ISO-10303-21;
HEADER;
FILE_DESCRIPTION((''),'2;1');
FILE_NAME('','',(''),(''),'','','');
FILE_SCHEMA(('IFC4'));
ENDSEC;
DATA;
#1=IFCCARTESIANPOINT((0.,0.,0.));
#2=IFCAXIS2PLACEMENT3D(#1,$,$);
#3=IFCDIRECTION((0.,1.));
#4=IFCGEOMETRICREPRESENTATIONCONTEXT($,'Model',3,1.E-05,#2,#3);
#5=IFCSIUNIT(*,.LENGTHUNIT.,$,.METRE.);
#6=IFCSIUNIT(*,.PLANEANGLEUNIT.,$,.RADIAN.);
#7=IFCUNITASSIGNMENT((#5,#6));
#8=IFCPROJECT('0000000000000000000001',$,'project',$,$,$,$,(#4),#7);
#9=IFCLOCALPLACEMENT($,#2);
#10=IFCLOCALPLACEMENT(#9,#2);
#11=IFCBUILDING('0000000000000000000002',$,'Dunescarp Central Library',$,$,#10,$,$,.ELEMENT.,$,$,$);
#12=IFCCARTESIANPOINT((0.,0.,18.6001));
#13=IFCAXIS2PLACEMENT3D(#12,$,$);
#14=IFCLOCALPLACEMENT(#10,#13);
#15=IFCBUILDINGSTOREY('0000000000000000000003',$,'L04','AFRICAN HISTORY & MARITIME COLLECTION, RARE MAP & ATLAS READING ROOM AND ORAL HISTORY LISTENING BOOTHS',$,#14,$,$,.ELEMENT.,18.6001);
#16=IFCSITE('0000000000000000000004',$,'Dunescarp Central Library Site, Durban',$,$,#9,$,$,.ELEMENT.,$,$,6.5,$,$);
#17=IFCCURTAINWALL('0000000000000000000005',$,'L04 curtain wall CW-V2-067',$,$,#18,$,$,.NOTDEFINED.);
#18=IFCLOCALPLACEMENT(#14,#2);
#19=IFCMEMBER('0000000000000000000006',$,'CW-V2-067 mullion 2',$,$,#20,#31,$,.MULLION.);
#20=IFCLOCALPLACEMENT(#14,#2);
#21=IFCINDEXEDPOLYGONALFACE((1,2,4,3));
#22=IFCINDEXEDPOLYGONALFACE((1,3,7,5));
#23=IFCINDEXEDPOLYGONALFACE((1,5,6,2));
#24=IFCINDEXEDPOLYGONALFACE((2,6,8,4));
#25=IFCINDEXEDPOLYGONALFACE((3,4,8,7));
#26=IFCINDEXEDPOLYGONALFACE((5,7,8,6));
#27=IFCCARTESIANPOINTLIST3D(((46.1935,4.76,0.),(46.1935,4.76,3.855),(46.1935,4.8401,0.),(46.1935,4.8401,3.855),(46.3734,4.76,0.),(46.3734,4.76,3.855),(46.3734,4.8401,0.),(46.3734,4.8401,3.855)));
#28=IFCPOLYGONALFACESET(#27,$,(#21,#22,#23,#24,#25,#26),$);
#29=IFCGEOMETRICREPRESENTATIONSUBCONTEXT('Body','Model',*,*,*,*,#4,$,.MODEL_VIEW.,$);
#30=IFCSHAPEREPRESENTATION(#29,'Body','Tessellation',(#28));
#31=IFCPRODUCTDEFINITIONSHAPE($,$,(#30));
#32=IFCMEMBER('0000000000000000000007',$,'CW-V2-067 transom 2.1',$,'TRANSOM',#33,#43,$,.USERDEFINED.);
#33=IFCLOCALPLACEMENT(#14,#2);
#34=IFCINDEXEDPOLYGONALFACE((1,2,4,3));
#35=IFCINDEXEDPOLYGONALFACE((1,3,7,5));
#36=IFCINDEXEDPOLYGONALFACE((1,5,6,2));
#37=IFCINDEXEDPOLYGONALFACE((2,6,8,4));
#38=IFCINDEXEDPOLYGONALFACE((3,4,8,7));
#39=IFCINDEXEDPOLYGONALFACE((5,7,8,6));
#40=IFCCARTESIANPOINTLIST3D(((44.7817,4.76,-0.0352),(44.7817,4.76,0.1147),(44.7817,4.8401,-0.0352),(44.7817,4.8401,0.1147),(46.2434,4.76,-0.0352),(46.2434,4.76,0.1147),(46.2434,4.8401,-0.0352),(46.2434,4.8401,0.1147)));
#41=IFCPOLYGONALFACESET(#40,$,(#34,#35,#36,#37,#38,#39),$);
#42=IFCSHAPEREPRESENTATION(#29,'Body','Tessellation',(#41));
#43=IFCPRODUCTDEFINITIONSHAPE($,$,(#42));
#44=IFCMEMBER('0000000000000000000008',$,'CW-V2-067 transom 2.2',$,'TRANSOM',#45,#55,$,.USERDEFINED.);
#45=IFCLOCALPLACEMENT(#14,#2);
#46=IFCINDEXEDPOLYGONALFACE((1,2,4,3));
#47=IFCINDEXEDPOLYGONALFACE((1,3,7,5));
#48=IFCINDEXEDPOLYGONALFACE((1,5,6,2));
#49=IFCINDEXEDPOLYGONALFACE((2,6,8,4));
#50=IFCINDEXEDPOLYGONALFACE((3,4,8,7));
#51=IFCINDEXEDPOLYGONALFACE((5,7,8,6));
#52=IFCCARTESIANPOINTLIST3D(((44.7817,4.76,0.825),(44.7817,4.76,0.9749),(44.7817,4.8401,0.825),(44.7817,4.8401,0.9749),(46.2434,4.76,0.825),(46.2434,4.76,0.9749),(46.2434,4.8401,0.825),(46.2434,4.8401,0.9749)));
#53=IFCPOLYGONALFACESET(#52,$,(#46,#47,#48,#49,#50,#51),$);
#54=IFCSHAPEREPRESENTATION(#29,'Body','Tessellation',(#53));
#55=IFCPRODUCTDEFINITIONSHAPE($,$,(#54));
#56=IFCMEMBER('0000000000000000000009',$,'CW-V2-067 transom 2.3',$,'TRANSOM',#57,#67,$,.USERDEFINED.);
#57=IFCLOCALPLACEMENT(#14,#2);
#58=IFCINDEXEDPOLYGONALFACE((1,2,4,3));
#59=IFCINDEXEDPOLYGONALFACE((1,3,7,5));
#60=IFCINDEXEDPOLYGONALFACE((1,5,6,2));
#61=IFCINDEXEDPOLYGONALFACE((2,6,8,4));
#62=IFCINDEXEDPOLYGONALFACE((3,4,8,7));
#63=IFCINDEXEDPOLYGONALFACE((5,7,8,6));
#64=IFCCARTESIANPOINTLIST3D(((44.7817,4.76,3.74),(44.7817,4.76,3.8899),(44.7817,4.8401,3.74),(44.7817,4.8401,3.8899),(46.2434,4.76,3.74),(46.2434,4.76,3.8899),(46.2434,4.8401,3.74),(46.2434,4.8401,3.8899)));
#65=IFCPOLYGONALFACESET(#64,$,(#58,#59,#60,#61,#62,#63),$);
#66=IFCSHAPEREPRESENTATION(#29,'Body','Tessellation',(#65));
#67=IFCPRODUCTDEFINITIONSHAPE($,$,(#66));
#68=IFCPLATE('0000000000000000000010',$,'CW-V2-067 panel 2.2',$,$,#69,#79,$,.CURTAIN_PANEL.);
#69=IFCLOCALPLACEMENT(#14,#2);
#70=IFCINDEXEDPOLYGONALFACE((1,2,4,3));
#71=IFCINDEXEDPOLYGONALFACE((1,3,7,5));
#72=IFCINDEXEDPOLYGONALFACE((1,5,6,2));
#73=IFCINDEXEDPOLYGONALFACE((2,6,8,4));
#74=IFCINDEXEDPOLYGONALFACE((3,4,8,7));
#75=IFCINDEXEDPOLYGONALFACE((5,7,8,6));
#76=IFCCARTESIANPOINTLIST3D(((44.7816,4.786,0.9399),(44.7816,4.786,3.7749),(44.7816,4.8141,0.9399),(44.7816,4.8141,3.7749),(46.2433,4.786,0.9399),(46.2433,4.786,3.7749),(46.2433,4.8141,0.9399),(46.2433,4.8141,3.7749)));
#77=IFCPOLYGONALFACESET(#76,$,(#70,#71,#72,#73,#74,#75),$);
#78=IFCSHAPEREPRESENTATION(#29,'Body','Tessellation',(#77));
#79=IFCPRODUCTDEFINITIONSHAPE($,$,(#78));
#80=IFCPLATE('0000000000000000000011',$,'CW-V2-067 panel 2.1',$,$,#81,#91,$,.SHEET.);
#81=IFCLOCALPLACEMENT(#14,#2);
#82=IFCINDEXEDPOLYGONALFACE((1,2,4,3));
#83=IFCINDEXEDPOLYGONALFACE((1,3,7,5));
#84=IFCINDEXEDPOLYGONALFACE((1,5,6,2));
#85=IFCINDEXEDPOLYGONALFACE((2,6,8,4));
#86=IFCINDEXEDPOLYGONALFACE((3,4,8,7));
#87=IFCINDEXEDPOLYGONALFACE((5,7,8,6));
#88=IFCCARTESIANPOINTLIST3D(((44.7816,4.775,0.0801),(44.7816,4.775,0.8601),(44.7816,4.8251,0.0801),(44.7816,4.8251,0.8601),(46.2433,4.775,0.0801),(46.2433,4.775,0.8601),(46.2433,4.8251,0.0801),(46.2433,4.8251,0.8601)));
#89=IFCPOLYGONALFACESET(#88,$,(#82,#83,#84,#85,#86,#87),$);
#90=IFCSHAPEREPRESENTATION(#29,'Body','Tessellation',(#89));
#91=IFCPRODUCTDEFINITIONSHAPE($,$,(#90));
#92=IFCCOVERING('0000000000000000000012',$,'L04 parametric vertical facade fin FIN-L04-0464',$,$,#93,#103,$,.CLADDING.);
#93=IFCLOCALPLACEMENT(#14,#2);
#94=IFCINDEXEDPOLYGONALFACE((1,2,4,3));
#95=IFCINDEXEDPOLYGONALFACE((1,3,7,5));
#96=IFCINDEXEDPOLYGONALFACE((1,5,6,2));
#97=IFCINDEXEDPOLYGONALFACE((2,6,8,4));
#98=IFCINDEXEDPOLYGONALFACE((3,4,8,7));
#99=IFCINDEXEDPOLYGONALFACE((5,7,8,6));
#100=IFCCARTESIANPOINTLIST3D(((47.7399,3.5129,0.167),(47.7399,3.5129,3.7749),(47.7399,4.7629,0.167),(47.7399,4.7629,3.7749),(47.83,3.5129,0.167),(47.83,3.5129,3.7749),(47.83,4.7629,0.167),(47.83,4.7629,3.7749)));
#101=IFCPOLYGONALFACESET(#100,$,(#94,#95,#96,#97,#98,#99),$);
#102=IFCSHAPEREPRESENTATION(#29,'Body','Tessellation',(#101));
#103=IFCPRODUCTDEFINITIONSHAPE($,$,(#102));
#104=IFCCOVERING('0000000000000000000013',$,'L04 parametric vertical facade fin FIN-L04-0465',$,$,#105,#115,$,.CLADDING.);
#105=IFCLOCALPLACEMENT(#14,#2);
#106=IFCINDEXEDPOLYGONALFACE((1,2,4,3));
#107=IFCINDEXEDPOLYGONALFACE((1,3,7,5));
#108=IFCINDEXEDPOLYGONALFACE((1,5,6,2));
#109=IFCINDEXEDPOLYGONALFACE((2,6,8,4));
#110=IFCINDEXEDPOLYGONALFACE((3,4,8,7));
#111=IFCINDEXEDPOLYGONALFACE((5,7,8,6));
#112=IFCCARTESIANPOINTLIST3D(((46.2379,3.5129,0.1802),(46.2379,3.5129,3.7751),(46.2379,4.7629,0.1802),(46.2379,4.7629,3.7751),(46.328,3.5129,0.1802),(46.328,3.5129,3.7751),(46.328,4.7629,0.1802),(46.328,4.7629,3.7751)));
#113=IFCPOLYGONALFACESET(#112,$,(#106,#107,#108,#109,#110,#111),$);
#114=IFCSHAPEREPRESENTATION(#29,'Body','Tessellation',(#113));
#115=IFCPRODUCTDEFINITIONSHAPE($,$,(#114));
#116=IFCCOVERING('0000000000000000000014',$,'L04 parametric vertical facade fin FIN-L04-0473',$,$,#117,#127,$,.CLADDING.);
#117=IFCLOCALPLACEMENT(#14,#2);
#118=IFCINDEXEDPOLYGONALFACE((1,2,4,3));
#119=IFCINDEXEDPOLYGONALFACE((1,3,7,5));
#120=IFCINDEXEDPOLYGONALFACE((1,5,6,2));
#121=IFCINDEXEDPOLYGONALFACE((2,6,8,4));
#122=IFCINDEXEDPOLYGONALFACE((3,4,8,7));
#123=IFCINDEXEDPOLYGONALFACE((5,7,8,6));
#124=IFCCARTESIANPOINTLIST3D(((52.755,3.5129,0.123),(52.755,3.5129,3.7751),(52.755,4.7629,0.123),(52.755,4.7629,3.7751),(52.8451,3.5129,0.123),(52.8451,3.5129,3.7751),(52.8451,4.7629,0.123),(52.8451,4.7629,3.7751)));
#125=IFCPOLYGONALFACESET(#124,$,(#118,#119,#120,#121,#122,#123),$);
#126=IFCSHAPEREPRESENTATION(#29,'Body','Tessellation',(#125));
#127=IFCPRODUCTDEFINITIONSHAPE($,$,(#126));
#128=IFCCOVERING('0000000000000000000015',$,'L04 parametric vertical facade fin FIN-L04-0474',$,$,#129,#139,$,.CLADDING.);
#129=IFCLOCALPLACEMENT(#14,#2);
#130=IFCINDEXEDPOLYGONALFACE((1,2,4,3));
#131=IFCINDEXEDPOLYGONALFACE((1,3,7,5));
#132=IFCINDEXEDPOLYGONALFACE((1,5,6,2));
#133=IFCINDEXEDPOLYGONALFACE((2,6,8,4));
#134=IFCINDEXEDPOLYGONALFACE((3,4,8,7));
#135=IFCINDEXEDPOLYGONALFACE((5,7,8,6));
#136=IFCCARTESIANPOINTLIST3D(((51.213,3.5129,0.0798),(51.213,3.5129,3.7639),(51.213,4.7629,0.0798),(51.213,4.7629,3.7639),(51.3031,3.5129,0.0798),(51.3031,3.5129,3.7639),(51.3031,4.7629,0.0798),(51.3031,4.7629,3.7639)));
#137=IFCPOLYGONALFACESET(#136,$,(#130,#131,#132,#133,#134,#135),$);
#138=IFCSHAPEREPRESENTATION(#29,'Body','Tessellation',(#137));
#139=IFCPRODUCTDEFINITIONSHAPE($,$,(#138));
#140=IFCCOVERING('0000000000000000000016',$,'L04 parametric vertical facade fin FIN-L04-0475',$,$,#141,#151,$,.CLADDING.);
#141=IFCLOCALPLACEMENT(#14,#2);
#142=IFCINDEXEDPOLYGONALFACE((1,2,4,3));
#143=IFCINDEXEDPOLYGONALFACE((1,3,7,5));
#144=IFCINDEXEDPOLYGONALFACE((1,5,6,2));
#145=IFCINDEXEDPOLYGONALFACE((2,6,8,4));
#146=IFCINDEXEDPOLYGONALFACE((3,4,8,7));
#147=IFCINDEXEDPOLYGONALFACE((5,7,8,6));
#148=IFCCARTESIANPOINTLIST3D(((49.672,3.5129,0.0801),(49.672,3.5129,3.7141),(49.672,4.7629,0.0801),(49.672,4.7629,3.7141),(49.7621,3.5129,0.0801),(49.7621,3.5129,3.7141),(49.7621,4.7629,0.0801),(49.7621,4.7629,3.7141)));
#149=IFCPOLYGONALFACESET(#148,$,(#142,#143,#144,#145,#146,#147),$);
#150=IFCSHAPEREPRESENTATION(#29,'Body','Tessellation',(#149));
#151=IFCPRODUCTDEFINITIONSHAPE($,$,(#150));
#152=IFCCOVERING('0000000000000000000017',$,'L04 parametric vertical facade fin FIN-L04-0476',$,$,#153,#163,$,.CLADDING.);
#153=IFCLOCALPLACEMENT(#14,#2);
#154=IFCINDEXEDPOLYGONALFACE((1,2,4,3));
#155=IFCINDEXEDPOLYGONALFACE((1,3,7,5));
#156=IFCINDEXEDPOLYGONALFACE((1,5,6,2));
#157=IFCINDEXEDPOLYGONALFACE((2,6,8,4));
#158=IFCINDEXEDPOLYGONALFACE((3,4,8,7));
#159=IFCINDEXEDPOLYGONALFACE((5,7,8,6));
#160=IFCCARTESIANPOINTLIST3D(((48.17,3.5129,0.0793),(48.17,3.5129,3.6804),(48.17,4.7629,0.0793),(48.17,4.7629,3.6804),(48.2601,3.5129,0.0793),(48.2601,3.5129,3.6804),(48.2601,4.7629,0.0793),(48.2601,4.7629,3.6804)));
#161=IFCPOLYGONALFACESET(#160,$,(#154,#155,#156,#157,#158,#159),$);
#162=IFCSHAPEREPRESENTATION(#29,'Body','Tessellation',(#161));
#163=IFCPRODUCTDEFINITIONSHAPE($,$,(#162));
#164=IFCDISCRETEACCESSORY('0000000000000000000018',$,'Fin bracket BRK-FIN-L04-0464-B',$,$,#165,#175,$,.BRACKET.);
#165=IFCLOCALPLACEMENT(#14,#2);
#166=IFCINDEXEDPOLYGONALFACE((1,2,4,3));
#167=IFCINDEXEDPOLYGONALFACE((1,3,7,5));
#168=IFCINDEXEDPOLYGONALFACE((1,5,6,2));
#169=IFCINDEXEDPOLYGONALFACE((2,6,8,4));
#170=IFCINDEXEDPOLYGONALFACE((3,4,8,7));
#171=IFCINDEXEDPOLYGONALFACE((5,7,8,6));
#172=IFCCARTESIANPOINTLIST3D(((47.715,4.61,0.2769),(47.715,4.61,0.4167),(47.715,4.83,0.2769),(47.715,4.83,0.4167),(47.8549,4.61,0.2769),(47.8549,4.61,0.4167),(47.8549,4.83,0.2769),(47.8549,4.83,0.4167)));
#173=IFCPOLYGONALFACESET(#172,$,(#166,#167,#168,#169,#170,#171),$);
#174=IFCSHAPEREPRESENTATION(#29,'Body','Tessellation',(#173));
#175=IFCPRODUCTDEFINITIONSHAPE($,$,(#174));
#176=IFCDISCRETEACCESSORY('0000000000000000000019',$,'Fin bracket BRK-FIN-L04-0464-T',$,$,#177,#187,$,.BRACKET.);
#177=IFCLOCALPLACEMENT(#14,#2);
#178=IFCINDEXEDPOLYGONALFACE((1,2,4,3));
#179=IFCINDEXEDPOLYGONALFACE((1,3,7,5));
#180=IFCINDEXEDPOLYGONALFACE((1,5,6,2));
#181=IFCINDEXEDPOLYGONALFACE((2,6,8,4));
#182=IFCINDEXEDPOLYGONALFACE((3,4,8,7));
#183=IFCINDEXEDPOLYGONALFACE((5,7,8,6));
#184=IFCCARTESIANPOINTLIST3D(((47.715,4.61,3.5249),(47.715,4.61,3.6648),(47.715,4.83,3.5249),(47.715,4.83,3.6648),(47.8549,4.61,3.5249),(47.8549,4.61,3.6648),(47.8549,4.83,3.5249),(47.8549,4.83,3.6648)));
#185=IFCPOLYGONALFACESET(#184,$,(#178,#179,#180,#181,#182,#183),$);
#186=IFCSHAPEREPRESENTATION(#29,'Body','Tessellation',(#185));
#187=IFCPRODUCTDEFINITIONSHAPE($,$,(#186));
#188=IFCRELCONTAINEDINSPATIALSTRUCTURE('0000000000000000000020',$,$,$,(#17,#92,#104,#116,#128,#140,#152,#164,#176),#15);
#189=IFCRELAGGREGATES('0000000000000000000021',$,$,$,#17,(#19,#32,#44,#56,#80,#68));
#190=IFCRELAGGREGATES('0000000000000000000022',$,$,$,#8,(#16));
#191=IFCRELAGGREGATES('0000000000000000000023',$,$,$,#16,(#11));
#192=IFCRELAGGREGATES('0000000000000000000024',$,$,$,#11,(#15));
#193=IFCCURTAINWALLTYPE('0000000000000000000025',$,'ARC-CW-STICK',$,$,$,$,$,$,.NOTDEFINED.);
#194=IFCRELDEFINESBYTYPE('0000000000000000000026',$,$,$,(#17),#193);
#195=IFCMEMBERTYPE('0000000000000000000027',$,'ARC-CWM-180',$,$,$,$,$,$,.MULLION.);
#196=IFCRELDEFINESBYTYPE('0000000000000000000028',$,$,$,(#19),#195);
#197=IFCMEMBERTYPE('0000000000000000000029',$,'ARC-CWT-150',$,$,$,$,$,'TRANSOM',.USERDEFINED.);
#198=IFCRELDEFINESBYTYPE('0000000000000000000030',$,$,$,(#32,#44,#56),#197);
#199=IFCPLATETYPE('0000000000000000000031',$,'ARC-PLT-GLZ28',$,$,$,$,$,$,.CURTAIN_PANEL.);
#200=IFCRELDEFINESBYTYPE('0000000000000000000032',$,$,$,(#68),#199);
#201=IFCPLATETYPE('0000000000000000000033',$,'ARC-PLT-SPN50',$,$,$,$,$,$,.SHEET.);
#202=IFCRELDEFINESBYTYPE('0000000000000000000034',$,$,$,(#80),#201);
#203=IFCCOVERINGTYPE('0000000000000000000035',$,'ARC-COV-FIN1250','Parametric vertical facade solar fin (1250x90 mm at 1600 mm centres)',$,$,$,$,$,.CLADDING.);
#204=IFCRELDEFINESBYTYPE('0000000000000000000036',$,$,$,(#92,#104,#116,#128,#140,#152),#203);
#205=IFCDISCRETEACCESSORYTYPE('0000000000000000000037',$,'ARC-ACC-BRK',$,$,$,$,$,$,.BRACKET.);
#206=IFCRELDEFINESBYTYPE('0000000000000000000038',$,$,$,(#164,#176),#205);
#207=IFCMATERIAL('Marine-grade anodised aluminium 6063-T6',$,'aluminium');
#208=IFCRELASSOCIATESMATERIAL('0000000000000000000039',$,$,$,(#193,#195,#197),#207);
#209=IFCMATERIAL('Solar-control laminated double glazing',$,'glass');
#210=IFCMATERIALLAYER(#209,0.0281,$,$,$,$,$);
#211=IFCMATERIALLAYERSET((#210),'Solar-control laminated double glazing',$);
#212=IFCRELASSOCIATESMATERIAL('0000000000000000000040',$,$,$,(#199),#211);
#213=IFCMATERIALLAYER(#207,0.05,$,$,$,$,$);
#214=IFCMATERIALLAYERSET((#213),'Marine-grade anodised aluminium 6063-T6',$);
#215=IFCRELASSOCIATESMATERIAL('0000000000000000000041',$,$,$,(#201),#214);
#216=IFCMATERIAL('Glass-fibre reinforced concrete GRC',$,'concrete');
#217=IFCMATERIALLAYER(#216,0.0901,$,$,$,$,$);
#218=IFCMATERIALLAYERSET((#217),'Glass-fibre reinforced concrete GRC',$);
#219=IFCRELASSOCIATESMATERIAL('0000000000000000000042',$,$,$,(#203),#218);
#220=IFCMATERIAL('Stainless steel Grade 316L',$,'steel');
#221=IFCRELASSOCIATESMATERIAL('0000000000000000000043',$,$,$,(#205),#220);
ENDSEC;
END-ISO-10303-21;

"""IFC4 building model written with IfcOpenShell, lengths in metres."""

from ifc_helpers import new_model, si_unit, direction, frame, origin, origin_2d, place, context, subcontext, project, spatial, rectangle, extrude, material, layer, layer_set, material_profile, profile_set, type_object, element, aggregate, save


model = new_model("IFC4")

# Units and contexts
model_context = context("Model", 3, precision=1e-05, world=origin(), true_north=direction((0.0, 1.0)))
body_context = subcontext(model_context, "Body", "Model", "MODEL_VIEW")
ifc_project = project(units=[si_unit("LENGTHUNIT", "METRE"), si_unit("PLANEANGLEUNIT", "RADIAN")], contexts=[model_context])

# Site, building, storey
site_placement = place(None, origin())
site = spatial("IfcSite", under=ifc_project, at=site_placement, Name="Dunescarp Central Library Site, Durban", CompositionType="ELEMENT", RefElevation=6.5)
building_placement = place(site_placement, origin())
building = spatial("IfcBuilding", under=site, at=building_placement, Name="Dunescarp Central Library", CompositionType="ELEMENT")
storey_placement = place(building_placement, frame((0.0, 0.0, 18.6001)))
storey = spatial("IfcBuildingStorey", under=building, at=storey_placement, Name="L04", Description="AFRICAN HISTORY & MARITIME COLLECTION, RARE MAP & ATLAS READING ROOM AND ORAL HISTORY LISTENING BOOTHS", CompositionType="ELEMENT", Elevation=18.6001)

# Curtain wall, members, plates
ifc_material_1 = material(Name="Marine-grade anodised aluminium 6063-T6", Category="aluminium")
curtain_wall_type = type_object("IfcCurtainWallType", Name="ARC-CW-STICK", PredefinedType="NOTDEFINED", material=ifc_material_1)
curtain_wall_placement = place(storey_placement, origin())
curtain_wall = element("IfcCurtainWall", 1, at=curtain_wall_placement, inside=storey, type_object=curtain_wall_type, Name="L04 curtain wall CW-V2-067", PredefinedType="NOTDEFINED")
ifc_material_profile_1 = material_profile(ifc_material_1, rectangle(XDim=0.0801, YDim=0.1799, at=origin_2d()), Name="AL 80x180")
ifc_profile_set_1 = profile_set([ifc_material_profile_1], Name="Marine-grade anodised aluminium 6063-T6")
member_type_1 = type_object("IfcMemberType", Name="ARC-CWM-180", PredefinedType="MULLION", material=ifc_profile_set_1)
member_1_placement = place(storey_placement, frame((46.2834, 4.8, 0.0), z_axis=(0.0, 0.0, 1.0), x_axis=(0.0, -1.0, 0.0)))
member_1 = element("IfcMember", 2, at=member_1_placement, type_object=member_type_1, Name="CW-V2-067 mullion 2", PredefinedType="MULLION", context=body_context, shape_type="SweptSolid", body=[
    extrude(rectangle(XDim=0.0801, YDim=0.1799, at=origin_2d()), origin(), (0.0, 0.0, 1.0), 3.855),
])
ifc_material_profile_2 = material_profile(ifc_material_1, rectangle(XDim=0.0801, YDim=0.1499, at=origin_2d()), Name="AL 80x150")
ifc_profile_set_2 = profile_set([ifc_material_profile_2], Name="Marine-grade anodised aluminium 6063-T6")
member_type_2 = type_object("IfcMemberType", Name="ARC-CWT-150", ElementType="TRANSOM", PredefinedType="USERDEFINED", material=ifc_profile_set_2)
member_2_placement = place(storey_placement, frame((46.2434, 4.8, 0.0398), z_axis=(-1.0, 0.0, 0.0), x_axis=(0.0, -1.0, 0.0)))
member_2 = element("IfcMember", 3, at=member_2_placement, type_object=member_type_2, Name="CW-V2-067 transom 2.1", ObjectType="TRANSOM", PredefinedType="USERDEFINED", context=body_context, shape_type="SweptSolid", body=[
    extrude(rectangle(XDim=0.0801, YDim=0.1499, at=origin_2d()), origin(), (0.0, 0.0, 1.0), 1.4617),
])
member_3_placement = place(storey_placement, frame((46.2434, 4.8, 0.8999), z_axis=(-1.0, 0.0, 0.0), x_axis=(0.0, -1.0, 0.0)))
member_3 = element("IfcMember", 4, at=member_3_placement, type_object=member_type_2, Name="CW-V2-067 transom 2.2", ObjectType="TRANSOM", PredefinedType="USERDEFINED", context=body_context, shape_type="SweptSolid", body=[
    extrude(rectangle(XDim=0.0801, YDim=0.1499, at=origin_2d()), origin(), (0.0, 0.0, 1.0), 1.4617),
])
member_4_placement = place(storey_placement, frame((46.2434, 4.8, 3.8149), z_axis=(-1.0, 0.0, 0.0), x_axis=(0.0, -1.0, 0.0)))
member_4 = element("IfcMember", 5, at=member_4_placement, type_object=member_type_2, Name="CW-V2-067 transom 2.3", ObjectType="TRANSOM", PredefinedType="USERDEFINED", context=body_context, shape_type="SweptSolid", body=[
    extrude(rectangle(XDim=0.0801, YDim=0.1499, at=origin_2d()), origin(), (0.0, 0.0, 1.0), 1.4617),
])
ifc_material_2 = material(Name="Solar-control laminated double glazing", Category="glass")
ifc_layer_1 = layer(ifc_material_2, 0.0281)
ifc_layer_set_1 = layer_set([ifc_layer_1], Name="Solar-control laminated double glazing")
plate_type_1 = type_object("IfcPlateType", Name="ARC-PLT-GLZ28", PredefinedType="CURTAIN_PANEL", material=ifc_layer_set_1)
plate_1_placement = place(storey_placement, frame((45.5125, 4.8, 0.9399), z_axis=(0.0, 0.0, 1.0), x_axis=(-1.0, 0.0, 0.0)))
plate_1 = element("IfcPlate", 6, at=plate_1_placement, type_object=plate_type_1, Name="CW-V2-067 panel 2.2", PredefinedType="CURTAIN_PANEL", context=body_context, shape_type="SweptSolid", body=[
    extrude(rectangle(XDim=1.4617, YDim=0.0281, at=origin_2d()), origin(), (0.0, 0.0, 1.0), 2.835),
])
ifc_layer_2 = layer(ifc_material_1, 0.05)
ifc_layer_set_2 = layer_set([ifc_layer_2], Name="Marine-grade anodised aluminium 6063-T6")
plate_type_2 = type_object("IfcPlateType", Name="ARC-PLT-SPN50", PredefinedType="SHEET", material=ifc_layer_set_2)
plate_2_placement = place(storey_placement, frame((45.5125, 4.8, 0.0801), z_axis=(0.0, 0.0, 1.0), x_axis=(-1.0, 0.0, 0.0)))
plate_2 = element("IfcPlate", 7, at=plate_2_placement, type_object=plate_type_2, Name="CW-V2-067 panel 2.1", PredefinedType="SHEET", context=body_context, shape_type="SweptSolid", body=[
    extrude(rectangle(XDim=1.4617, YDim=0.05, at=origin_2d()), origin(), (0.0, 0.0, 1.0), 0.78),
])
aggregate(curtain_wall, [member_1, member_2, member_3, member_4, plate_2, plate_1])

# Coverings
ifc_material_3 = material(Name="Glass-fibre reinforced concrete GRC", Category="concrete")
ifc_layer_3 = layer(ifc_material_3, 0.0901)
ifc_layer_set_3 = layer_set([ifc_layer_3], Name="Glass-fibre reinforced concrete GRC")
covering_type = type_object("IfcCoveringType", Name="ARC-COV-FIN1250", Description="Parametric vertical facade solar fin (1250x90 mm at 1600 mm centres)", PredefinedType="CLADDING", material=ifc_layer_set_3)
covering_1_placement = place(storey_placement, frame((47.7849, 4.1379, 0.167), z_axis=(0.0, 0.0, 1.0), x_axis=(0.0, -1.0, 0.0)))
element("IfcCovering", 8, at=covering_1_placement, inside=storey, type_object=covering_type, Name="L04 parametric vertical facade fin FIN-L04-0464", PredefinedType="CLADDING", context=body_context, shape_type="SweptSolid", body=[
    extrude(rectangle(XDim=1.25, YDim=0.0901, at=origin_2d()), origin(), (0.0, 0.0, 1.0), 3.6079),
])
covering_2_placement = place(storey_placement, frame((46.283, 4.1379, 0.1802), z_axis=(0.0, 0.0, 1.0), x_axis=(0.0, -1.0, 0.0)))
element("IfcCovering", 9, at=covering_2_placement, inside=storey, type_object=covering_type, Name="L04 parametric vertical facade fin FIN-L04-0465", PredefinedType="CLADDING", context=body_context, shape_type="SweptSolid", body=[
    extrude(rectangle(XDim=1.25, YDim=0.0901, at=origin_2d()), origin(), (0.0, 0.0, 1.0), 3.595),
])
covering_3_placement = place(storey_placement, frame((52.8, 4.1379, 0.123), z_axis=(0.0, 0.0, 1.0), x_axis=(0.0, -1.0, 0.0)))
element("IfcCovering", 10, at=covering_3_placement, inside=storey, type_object=covering_type, Name="L04 parametric vertical facade fin FIN-L04-0473", PredefinedType="CLADDING", context=body_context, shape_type="SweptSolid", body=[
    extrude(rectangle(XDim=1.25, YDim=0.0901, at=origin_2d()), origin(), (0.0, 0.0, 1.0), 3.6521),
])
covering_4_placement = place(storey_placement, frame((51.2581, 4.1379, 0.0798), z_axis=(0.0, 0.0, 1.0), x_axis=(0.0, -1.0, 0.0)))
element("IfcCovering", 11, at=covering_4_placement, inside=storey, type_object=covering_type, Name="L04 parametric vertical facade fin FIN-L04-0474", PredefinedType="CLADDING", context=body_context, shape_type="SweptSolid", body=[
    extrude(rectangle(XDim=1.25, YDim=0.0901, at=origin_2d()), origin(), (0.0, 0.0, 1.0), 3.6841),
])
covering_5_placement = place(storey_placement, frame((49.717, 4.1379, 0.0801), z_axis=(0.0, 0.0, 1.0), x_axis=(0.0, -1.0, 0.0)))
element("IfcCovering", 12, at=covering_5_placement, inside=storey, type_object=covering_type, Name="L04 parametric vertical facade fin FIN-L04-0475", PredefinedType="CLADDING", context=body_context, shape_type="SweptSolid", body=[
    extrude(rectangle(XDim=1.25, YDim=0.0901, at=origin_2d()), origin(), (0.0, 0.0, 1.0), 3.634),
])
covering_6_placement = place(storey_placement, frame((48.2151, 4.1379, 0.0793), z_axis=(0.0, 0.0, 1.0), x_axis=(0.0, -1.0, 0.0)))
element("IfcCovering", 13, at=covering_6_placement, inside=storey, type_object=covering_type, Name="L04 parametric vertical facade fin FIN-L04-0476", PredefinedType="CLADDING", context=body_context, shape_type="SweptSolid", body=[
    extrude(rectangle(XDim=1.25, YDim=0.0901, at=origin_2d()), origin(), (0.0, 0.0, 1.0), 3.6011),
])

# Discrete accessories
ifc_material_4 = material(Name="Stainless steel Grade 316L", Category="steel")
discrete_accessory_type = type_object("IfcDiscreteAccessoryType", Name="ARC-ACC-BRK", PredefinedType="BRACKET", material=ifc_material_4)
for number, where, z_axis, x_axis, name in (
    (14, (47.7849, 4.72, 0.2769), (0.0, 0.0, 1.0), (0.0, -1.0, 0.0), "Fin bracket BRK-FIN-L04-0464-B"),
    (15, (47.7849, 4.72, 3.5249), (0.0, 0.0, 1.0), (0.0, -1.0, 0.0), "Fin bracket BRK-FIN-L04-0464-T"),
):
    element("IfcDiscreteAccessory", number, at=place(storey_placement, frame(where, z_axis=z_axis, x_axis=x_axis)), inside=storey, type_object=discrete_accessory_type, Name=name, PredefinedType="BRACKET", context=body_context, shape_type="SweptSolid", body=[
        extrude(rectangle(XDim=0.22, YDim=0.1399, at=origin_2d()), origin(), (0.0, 0.0, 1.0), 0.1399),
    ])

save(model, "model.ifc")
